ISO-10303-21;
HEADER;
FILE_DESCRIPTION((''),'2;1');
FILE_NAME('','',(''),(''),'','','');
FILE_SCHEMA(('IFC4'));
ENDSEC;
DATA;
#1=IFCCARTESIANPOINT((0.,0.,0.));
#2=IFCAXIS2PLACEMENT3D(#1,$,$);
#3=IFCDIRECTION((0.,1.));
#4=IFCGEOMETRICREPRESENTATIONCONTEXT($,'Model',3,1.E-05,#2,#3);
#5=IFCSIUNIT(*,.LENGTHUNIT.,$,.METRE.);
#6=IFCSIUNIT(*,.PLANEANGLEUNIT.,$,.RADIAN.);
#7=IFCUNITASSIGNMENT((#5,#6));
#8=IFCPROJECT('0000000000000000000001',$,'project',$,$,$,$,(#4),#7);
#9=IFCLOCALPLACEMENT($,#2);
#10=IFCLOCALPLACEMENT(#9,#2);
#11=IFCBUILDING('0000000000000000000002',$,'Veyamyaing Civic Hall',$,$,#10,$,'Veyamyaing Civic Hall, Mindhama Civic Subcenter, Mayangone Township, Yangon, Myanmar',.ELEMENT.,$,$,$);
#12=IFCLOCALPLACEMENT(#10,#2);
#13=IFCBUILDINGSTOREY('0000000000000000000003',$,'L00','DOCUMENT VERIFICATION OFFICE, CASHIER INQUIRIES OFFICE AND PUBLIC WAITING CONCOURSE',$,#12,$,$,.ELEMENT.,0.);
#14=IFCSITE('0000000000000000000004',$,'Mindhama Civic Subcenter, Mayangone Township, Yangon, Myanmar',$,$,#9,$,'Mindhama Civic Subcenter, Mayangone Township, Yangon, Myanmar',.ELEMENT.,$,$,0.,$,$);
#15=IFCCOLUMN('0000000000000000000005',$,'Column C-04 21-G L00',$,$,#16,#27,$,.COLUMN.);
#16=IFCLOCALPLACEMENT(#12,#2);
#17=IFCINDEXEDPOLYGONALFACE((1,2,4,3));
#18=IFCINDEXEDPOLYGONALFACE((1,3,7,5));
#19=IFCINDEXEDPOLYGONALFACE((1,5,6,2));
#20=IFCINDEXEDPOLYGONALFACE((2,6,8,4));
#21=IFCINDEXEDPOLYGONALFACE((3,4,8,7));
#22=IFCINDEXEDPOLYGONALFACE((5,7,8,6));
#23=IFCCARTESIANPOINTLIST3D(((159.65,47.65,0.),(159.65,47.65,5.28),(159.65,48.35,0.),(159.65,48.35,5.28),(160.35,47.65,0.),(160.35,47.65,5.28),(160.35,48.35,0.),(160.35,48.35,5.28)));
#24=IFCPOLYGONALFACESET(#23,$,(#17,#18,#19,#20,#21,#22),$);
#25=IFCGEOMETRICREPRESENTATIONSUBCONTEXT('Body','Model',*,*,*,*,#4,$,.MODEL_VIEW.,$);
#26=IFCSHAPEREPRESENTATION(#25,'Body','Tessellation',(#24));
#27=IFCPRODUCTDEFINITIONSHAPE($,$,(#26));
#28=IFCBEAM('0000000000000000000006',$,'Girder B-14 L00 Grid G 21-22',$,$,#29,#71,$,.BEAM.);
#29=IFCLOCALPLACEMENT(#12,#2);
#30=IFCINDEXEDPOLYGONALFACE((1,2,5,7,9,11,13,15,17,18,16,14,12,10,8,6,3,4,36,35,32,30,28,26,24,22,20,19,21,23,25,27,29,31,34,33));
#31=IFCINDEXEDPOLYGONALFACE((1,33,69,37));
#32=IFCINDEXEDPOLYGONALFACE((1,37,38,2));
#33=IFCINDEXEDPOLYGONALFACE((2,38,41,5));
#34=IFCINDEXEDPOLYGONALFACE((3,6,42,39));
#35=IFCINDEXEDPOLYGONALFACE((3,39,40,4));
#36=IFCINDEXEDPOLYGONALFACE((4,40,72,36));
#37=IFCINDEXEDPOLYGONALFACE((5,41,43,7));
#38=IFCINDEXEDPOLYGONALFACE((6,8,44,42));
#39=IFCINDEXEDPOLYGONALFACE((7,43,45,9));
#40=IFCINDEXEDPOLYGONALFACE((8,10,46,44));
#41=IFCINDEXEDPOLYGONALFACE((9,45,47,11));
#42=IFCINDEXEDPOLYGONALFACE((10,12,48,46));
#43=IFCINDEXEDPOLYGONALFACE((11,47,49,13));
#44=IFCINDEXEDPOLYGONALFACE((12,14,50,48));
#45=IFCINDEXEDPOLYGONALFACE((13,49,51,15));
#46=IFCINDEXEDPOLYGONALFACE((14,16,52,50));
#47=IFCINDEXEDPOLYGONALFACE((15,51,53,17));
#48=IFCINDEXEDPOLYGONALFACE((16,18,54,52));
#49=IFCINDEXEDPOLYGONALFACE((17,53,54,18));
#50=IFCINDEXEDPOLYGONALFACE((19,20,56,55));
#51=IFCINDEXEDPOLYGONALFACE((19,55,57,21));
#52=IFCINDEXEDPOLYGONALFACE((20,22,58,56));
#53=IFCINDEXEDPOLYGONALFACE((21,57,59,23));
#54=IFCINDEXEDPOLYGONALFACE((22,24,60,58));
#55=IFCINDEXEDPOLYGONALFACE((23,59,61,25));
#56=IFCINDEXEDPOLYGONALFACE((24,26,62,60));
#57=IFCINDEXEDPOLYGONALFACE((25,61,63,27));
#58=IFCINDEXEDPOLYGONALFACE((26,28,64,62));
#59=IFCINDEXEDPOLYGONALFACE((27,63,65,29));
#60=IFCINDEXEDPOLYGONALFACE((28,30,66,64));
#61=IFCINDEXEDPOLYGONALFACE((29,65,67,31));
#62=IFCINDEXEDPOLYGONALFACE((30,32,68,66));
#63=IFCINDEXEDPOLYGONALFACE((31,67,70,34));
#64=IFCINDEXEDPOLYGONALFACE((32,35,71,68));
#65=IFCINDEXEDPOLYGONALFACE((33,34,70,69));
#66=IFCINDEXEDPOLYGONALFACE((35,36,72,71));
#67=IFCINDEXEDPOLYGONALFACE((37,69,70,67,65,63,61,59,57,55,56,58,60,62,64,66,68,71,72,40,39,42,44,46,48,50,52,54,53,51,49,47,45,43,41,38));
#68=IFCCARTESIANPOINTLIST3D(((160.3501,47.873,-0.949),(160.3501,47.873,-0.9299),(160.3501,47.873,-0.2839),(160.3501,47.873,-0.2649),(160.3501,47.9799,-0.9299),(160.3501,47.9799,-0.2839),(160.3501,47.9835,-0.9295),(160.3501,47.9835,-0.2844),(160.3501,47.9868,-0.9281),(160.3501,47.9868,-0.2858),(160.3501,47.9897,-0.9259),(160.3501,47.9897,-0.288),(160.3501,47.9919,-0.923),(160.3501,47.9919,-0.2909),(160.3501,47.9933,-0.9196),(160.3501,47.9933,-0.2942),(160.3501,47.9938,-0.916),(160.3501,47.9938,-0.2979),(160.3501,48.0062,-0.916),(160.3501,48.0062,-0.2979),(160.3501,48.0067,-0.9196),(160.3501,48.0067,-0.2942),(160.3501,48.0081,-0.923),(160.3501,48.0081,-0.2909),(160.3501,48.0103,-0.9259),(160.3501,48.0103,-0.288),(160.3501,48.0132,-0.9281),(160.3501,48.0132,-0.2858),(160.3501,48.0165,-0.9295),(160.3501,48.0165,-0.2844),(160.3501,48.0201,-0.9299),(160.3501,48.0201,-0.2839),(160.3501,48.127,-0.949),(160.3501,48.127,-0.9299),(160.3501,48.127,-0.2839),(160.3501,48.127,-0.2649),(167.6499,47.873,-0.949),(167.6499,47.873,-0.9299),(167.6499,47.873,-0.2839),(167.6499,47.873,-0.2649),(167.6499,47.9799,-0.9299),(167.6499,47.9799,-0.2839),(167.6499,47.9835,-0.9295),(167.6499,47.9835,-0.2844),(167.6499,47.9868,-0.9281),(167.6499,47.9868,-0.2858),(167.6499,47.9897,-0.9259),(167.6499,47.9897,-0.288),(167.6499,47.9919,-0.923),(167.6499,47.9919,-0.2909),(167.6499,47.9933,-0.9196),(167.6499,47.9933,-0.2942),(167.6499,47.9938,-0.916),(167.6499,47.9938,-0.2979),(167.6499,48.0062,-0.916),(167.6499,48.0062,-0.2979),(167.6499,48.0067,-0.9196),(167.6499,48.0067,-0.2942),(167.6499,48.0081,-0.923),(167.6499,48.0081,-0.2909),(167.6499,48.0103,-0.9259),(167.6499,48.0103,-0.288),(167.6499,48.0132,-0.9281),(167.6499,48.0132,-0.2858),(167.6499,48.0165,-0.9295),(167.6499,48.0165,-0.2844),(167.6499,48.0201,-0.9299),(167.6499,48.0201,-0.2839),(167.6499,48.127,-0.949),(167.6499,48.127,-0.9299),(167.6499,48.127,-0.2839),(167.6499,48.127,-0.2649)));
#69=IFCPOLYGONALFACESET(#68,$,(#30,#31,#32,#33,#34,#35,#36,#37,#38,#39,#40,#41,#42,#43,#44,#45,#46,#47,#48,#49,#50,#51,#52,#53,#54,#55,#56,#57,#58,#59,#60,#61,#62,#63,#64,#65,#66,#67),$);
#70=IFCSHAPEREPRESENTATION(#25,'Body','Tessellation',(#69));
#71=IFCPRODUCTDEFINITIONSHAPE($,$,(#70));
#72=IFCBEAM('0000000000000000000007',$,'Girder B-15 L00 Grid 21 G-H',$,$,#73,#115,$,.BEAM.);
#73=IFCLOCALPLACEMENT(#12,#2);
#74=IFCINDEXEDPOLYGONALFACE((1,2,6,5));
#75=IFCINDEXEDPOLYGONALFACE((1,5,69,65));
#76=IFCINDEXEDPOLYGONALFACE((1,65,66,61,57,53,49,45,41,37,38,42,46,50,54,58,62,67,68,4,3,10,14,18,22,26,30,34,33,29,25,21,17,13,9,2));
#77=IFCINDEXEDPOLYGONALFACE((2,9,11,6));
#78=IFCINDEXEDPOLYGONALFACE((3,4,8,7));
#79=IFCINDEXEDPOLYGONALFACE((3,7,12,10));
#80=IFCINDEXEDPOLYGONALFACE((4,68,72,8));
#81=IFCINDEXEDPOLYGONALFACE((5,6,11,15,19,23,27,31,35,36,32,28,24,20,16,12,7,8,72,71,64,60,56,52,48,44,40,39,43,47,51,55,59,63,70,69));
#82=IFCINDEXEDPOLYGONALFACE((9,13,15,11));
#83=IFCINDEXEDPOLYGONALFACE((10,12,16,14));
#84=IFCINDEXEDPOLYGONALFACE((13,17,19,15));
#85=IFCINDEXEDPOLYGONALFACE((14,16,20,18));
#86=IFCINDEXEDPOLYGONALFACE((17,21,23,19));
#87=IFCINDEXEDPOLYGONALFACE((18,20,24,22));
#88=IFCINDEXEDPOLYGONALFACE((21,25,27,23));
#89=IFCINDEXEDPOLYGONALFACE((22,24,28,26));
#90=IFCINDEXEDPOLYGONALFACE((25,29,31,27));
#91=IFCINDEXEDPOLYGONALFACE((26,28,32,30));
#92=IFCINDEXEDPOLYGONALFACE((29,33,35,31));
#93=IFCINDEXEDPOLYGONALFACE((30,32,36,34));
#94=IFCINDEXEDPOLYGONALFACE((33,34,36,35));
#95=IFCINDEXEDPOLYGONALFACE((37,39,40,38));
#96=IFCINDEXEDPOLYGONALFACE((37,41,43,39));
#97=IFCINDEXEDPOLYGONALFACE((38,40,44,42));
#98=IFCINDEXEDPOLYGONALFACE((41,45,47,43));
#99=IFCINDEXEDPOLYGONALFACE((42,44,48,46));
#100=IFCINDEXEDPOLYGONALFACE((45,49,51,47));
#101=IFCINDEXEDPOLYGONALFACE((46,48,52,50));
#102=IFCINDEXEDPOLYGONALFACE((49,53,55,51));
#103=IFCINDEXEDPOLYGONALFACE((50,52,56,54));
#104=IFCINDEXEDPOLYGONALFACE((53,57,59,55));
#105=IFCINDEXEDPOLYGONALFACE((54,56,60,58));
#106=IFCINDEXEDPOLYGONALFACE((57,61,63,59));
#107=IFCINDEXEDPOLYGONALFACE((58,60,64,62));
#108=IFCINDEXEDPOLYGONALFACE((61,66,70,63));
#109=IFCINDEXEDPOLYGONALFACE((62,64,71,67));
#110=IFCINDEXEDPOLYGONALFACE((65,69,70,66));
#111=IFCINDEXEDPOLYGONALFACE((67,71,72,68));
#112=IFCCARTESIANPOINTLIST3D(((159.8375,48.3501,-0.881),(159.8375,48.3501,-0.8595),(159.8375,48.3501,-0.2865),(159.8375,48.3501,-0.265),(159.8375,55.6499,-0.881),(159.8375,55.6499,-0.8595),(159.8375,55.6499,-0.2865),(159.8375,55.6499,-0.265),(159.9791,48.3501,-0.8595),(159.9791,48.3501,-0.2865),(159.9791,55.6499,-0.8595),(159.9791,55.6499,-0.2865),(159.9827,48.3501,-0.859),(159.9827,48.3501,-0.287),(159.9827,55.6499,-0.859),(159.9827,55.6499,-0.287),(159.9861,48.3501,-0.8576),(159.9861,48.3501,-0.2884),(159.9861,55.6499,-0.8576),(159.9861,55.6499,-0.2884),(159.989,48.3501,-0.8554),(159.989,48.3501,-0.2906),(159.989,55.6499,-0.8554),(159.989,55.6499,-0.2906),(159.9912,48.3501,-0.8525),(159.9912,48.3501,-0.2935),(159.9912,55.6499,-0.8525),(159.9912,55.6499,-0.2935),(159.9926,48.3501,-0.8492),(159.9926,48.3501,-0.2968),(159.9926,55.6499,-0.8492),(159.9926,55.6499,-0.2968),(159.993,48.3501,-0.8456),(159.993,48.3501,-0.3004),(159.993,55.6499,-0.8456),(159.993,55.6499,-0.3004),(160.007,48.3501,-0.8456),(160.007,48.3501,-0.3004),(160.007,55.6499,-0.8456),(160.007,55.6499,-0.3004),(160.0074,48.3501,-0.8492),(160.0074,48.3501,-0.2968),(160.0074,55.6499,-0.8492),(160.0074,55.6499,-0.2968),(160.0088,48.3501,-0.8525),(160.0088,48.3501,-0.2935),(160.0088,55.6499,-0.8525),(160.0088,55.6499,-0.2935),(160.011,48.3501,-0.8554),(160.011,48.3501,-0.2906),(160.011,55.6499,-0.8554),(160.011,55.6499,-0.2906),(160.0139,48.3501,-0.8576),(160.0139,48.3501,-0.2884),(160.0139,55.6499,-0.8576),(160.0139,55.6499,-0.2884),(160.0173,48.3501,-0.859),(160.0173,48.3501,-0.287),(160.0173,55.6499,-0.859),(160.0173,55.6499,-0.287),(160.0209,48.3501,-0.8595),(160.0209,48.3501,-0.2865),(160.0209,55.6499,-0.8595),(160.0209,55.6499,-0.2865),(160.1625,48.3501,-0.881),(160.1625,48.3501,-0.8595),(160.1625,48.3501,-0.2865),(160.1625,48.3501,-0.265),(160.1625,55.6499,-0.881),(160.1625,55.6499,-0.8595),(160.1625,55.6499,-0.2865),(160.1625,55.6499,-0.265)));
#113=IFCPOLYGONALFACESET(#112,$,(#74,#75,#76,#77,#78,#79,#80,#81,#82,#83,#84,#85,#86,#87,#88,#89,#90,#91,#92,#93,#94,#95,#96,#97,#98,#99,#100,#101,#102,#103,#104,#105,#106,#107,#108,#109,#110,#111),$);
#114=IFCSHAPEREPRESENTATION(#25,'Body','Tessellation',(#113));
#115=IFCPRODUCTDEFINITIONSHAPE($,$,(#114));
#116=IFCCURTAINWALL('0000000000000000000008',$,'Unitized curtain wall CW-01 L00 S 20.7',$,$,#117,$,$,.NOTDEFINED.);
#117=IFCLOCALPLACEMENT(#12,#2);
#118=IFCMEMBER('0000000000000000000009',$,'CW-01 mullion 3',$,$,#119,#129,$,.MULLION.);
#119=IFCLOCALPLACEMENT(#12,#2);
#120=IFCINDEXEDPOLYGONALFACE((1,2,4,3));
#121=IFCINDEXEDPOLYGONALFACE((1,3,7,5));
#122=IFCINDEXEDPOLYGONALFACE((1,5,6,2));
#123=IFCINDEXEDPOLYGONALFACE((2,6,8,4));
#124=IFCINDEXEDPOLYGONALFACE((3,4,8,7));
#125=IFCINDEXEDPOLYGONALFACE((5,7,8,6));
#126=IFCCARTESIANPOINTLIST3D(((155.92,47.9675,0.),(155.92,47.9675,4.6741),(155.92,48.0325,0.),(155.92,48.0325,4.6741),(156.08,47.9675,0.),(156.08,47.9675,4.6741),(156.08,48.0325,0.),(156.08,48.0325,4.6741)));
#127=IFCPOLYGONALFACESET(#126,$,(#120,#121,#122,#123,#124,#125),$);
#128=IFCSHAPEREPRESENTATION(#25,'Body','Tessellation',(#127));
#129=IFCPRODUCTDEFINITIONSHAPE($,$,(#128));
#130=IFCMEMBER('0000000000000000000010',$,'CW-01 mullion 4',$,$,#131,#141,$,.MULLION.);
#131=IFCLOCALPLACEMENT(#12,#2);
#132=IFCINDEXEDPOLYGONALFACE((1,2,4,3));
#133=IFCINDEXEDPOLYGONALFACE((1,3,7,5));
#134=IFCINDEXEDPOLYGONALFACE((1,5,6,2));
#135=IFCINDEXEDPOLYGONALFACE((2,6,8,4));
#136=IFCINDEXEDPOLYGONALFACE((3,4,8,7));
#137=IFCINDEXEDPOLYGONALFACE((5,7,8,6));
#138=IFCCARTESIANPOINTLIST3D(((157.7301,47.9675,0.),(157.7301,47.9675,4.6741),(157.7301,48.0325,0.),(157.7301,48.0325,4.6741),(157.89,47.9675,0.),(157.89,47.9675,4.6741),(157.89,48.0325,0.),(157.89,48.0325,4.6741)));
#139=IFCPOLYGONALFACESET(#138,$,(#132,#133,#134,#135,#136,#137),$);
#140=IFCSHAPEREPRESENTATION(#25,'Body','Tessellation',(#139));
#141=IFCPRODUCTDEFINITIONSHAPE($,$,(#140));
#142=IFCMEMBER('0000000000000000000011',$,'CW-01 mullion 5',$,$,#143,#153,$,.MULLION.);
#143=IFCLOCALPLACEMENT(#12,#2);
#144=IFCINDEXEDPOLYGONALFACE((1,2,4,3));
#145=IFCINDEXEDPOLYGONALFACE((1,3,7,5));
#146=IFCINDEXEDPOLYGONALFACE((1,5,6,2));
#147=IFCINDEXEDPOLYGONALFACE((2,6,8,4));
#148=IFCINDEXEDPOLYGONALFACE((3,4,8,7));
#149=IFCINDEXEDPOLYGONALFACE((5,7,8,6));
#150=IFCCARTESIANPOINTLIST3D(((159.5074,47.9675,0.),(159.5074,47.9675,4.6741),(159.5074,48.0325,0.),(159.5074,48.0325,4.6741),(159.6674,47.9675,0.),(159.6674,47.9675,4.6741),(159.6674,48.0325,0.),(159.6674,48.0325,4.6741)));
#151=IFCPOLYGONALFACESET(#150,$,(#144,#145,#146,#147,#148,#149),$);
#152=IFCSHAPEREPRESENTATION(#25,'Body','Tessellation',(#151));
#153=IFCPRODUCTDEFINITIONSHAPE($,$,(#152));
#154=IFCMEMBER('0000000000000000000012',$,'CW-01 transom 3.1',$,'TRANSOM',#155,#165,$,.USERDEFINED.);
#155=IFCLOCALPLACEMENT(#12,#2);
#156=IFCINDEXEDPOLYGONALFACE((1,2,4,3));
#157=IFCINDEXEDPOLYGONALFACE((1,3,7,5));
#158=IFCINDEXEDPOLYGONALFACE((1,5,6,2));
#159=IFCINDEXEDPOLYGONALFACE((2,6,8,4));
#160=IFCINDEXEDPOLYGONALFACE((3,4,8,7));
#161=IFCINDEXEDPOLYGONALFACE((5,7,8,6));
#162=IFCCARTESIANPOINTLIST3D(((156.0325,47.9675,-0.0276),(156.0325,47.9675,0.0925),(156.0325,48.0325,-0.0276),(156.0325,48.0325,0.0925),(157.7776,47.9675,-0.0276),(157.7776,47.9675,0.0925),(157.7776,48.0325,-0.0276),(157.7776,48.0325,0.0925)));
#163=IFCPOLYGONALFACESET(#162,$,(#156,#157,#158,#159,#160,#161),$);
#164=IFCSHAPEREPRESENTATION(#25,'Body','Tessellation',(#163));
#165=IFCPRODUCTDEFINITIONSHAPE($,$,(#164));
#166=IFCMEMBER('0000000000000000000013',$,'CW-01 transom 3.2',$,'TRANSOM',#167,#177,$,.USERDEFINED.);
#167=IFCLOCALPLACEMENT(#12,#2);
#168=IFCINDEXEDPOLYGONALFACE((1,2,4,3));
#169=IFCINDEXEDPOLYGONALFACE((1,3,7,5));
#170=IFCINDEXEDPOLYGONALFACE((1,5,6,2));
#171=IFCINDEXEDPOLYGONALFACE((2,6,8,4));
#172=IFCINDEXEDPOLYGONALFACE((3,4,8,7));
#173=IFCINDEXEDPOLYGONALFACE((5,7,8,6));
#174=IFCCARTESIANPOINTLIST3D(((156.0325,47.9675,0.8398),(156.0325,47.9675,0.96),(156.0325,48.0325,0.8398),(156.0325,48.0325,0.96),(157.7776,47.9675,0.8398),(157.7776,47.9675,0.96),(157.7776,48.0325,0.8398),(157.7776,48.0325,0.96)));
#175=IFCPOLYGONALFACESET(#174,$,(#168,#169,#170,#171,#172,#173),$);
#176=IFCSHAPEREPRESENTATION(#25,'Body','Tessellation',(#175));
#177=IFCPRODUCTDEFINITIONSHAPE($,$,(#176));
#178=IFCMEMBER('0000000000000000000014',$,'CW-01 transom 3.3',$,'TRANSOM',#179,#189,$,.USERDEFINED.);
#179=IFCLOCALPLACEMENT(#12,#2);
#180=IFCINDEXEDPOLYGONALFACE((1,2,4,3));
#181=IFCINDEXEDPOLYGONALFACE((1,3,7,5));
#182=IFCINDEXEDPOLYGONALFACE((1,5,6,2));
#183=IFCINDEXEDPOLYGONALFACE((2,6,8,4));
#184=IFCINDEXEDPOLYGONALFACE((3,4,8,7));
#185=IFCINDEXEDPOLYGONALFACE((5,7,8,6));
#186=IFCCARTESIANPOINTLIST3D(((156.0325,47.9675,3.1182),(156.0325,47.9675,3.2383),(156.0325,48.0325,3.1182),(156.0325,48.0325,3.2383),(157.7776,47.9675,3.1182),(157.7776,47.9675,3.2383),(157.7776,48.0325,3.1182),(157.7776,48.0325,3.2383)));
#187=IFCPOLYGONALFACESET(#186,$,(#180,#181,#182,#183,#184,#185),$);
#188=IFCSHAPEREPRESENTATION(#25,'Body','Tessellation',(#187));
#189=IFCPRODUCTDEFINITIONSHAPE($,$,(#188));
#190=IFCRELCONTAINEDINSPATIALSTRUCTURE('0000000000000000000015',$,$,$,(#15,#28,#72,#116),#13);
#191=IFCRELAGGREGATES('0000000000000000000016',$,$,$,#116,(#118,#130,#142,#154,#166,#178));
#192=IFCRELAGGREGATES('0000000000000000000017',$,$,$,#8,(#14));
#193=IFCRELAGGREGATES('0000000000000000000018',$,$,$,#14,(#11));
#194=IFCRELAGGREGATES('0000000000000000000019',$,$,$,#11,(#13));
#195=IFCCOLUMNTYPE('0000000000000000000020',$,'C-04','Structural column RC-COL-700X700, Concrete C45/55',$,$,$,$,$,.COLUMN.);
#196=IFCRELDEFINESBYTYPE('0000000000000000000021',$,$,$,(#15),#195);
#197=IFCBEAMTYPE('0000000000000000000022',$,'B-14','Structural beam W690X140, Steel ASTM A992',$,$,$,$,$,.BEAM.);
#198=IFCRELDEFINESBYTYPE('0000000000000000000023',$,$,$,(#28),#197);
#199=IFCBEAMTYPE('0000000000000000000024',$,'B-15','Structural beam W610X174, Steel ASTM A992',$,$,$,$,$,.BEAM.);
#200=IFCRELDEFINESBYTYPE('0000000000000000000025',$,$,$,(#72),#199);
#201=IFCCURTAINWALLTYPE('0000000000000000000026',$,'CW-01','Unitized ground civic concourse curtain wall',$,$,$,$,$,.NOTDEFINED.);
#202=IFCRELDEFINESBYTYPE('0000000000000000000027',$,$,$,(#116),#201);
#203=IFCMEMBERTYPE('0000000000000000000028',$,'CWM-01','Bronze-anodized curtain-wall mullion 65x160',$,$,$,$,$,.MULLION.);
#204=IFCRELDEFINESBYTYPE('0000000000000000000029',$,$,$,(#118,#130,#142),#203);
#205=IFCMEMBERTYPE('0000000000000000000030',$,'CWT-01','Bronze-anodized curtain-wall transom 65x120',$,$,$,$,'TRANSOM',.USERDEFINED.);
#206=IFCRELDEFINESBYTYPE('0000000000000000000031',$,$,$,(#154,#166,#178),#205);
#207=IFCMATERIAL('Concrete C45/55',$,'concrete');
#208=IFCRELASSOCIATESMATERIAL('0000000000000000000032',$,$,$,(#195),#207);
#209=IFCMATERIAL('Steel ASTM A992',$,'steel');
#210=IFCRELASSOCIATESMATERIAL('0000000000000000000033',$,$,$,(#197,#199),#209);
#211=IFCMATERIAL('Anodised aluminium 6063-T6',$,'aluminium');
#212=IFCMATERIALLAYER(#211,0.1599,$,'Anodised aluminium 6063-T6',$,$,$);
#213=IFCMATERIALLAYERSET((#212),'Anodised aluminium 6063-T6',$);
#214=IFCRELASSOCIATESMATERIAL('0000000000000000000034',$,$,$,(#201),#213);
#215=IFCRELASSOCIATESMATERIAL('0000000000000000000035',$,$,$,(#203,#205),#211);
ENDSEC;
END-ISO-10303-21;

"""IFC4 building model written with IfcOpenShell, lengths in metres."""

from ifc_helpers import new_model, si_unit, direction, frame, origin, origin_2d, place, context, subcontext, project, spatial, rectangle, i_section, extrude, material, layer, layer_set, material_profile, profile_set, type_object, element, aggregate, save


model = new_model("IFC4")

# Units and contexts
model_context = context("Model", 3, precision=1e-05, world=origin(), true_north=direction((0.0, 1.0)))
body_context = subcontext(model_context, "Body", "Model", "MODEL_VIEW")
ifc_project = project(units=[si_unit("LENGTHUNIT", "METRE"), si_unit("PLANEANGLEUNIT", "RADIAN")], contexts=[model_context])

# Site, building, storey
site_placement = place(None, origin())
site = spatial("IfcSite", under=ifc_project, at=site_placement, Name="Mindhama Civic Subcenter, Mayangone Township, Yangon, Myanmar", LongName="Mindhama Civic Subcenter, Mayangone Township, Yangon, Myanmar", CompositionType="ELEMENT", RefElevation=0.0)
building_placement = place(site_placement, origin())
building = spatial("IfcBuilding", under=site, at=building_placement, Name="Veyamyaing Civic Hall", LongName="Veyamyaing Civic Hall, Mindhama Civic Subcenter, Mayangone Township, Yangon, Myanmar", CompositionType="ELEMENT")
storey_placement = place(building_placement, origin())
storey = spatial("IfcBuildingStorey", under=building, at=storey_placement, Name="L00", Description="DOCUMENT VERIFICATION OFFICE, CASHIER INQUIRIES OFFICE AND PUBLIC WAITING CONCOURSE", CompositionType="ELEMENT", Elevation=0.0)

# Column
ifc_material_1 = material(Name="Concrete C45/55", Category="concrete")
ifc_material_profile_1 = material_profile(ifc_material_1, rectangle(XDim=0.7, YDim=0.7, at=origin_2d()), Name="RC-COL-700X700")
ifc_profile_set_1 = profile_set([ifc_material_profile_1], Name="Concrete C45/55")
column_type = type_object("IfcColumnType", Name="C-04", Description="Structural column RC-COL-700X700, Concrete C45/55", PredefinedType="COLUMN", material=ifc_profile_set_1)
column_placement = place(storey_placement, frame((160.0, 48.0, 0.0), z_axis=(0.0, 0.0, 1.0), x_axis=(1.0, 0.0, 0.0)))
element("IfcColumn", 1, at=column_placement, inside=storey, type_object=column_type, Name="Column C-04 21-G L00", PredefinedType="COLUMN", context=body_context, shape_type="SweptSolid", body=[
    extrude(rectangle(XDim=0.7, YDim=0.7, at=origin_2d()), origin(), (0.0, 0.0, 1.0), 5.28),
])

# Beams
ifc_material_2 = material(Name="Steel ASTM A992", Category="steel")
ifc_material_profile_2 = material_profile(ifc_material_2, i_section(OverallWidth=0.2539, OverallDepth=0.6841, WebThickness=0.0125, FlangeThickness=0.019, FilletRadius=0.0139, at=origin_2d()), Name="W690X140")
ifc_profile_set_2 = profile_set([ifc_material_profile_2], Name="Steel ASTM A992")
beam_type_1 = type_object("IfcBeamType", Name="B-14", Description="Structural beam W690X140, Steel ASTM A992", PredefinedType="BEAM", material=ifc_profile_set_2)
beam_1_placement = place(storey_placement, frame((160.3501, 48.0, -0.6069), z_axis=(1.0, 0.0, 0.0), x_axis=(0.0, 1.0, 0.0)))
element("IfcBeam", 2, at=beam_1_placement, inside=storey, type_object=beam_type_1, Name="Girder B-14 L00 Grid G 21-22", PredefinedType="BEAM", context=body_context, shape_type="SweptSolid", body=[
    extrude(i_section(OverallWidth=0.2539, OverallDepth=0.6841, WebThickness=0.0125, FlangeThickness=0.019, FilletRadius=0.0139, at=origin_2d()), origin(), (0.0, 0.0, 1.0), 7.2998),
])
ifc_material_profile_3 = material_profile(ifc_material_2, i_section(OverallWidth=0.325, OverallDepth=0.616, WebThickness=0.0139, FlangeThickness=0.0215, FilletRadius=0.0139, at=origin_2d()), Name="W610X174")
ifc_profile_set_3 = profile_set([ifc_material_profile_3], Name="Steel ASTM A992")
beam_type_2 = type_object("IfcBeamType", Name="B-15", Description="Structural beam W610X174, Steel ASTM A992", PredefinedType="BEAM", material=ifc_profile_set_3)
beam_2_placement = place(storey_placement, frame((160.0, 48.3501, -0.573), z_axis=(0.0, 1.0, 0.0), x_axis=(-1.0, 0.0, 0.0)))
element("IfcBeam", 3, at=beam_2_placement, inside=storey, type_object=beam_type_2, Name="Girder B-15 L00 Grid 21 G-H", PredefinedType="BEAM", context=body_context, shape_type="SweptSolid", body=[
    extrude(i_section(OverallWidth=0.325, OverallDepth=0.616, WebThickness=0.0139, FlangeThickness=0.0215, FilletRadius=0.0139, at=origin_2d()), origin(), (0.0, 0.0, 1.0), 7.2998),
])

# Curtain wall, members
ifc_material_3 = material(Name="Anodised aluminium 6063-T6", Category="aluminium")
ifc_layer_1 = layer(ifc_material_3, 0.1599, Name="Anodised aluminium 6063-T6")
ifc_layer_set_1 = layer_set([ifc_layer_1], Name="Anodised aluminium 6063-T6")
curtain_wall_type = type_object("IfcCurtainWallType", Name="CW-01", Description="Unitized ground civic concourse curtain wall", PredefinedType="NOTDEFINED", material=ifc_layer_set_1)
curtain_wall_placement = place(storey_placement, origin())
curtain_wall = element("IfcCurtainWall", 4, at=curtain_wall_placement, inside=storey, type_object=curtain_wall_type, Name="Unitized curtain wall CW-01 L00 S 20.7", PredefinedType="NOTDEFINED")
ifc_material_profile_4 = material_profile(ifc_material_3, rectangle(XDim=0.0649, YDim=0.1599, at=origin_2d()), Name="ALU-MUL-65X160")
ifc_profile_set_4 = profile_set([ifc_material_profile_4], Name="Anodised aluminium 6063-T6")
member_type_1 = type_object("IfcMemberType", Name="CWM-01", Description="Bronze-anodized curtain-wall mullion 65x160", PredefinedType="MULLION", material=ifc_profile_set_4)
member_1_placement = place(storey_placement, frame((156.0, 48.0, 0.0), z_axis=(0.0, 0.0, 1.0), x_axis=(0.0, 1.0, 0.0)))
member_1 = element("IfcMember", 5, at=member_1_placement, type_object=member_type_1, Name="CW-01 mullion 3", PredefinedType="MULLION", context=body_context, shape_type="SweptSolid", body=[
    extrude(rectangle(XDim=0.0649, YDim=0.1599, at=origin_2d()), origin(), (0.0, 0.0, 1.0), 4.6741),
])
member_2_placement = place(storey_placement, frame((157.8101, 48.0, 0.0), z_axis=(0.0, 0.0, 1.0), x_axis=(0.0, 1.0, 0.0)))
member_2 = element("IfcMember", 6, at=member_2_placement, type_object=member_type_1, Name="CW-01 mullion 4", PredefinedType="MULLION", context=body_context, shape_type="SweptSolid", body=[
    extrude(rectangle(XDim=0.0649, YDim=0.1599, at=origin_2d()), origin(), (0.0, 0.0, 1.0), 4.6741),
])
member_3_placement = place(storey_placement, frame((159.5874, 48.0, 0.0), z_axis=(0.0, 0.0, 1.0), x_axis=(0.0, 1.0, 0.0)))
member_3 = element("IfcMember", 7, at=member_3_placement, type_object=member_type_1, Name="CW-01 mullion 5", PredefinedType="MULLION", context=body_context, shape_type="SweptSolid", body=[
    extrude(rectangle(XDim=0.0649, YDim=0.1599, at=origin_2d()), origin(), (0.0, 0.0, 1.0), 4.6741),
])
ifc_material_profile_5 = material_profile(ifc_material_3, rectangle(XDim=0.0649, YDim=0.1201, at=origin_2d()), Name="ALU-TRN-65X120")
ifc_profile_set_5 = profile_set([ifc_material_profile_5], Name="Anodised aluminium 6063-T6")
member_type_2 = type_object("IfcMemberType", Name="CWT-01", Description="Bronze-anodized curtain-wall transom 65x120", ElementType="TRANSOM", PredefinedType="USERDEFINED", material=ifc_profile_set_5)
member_4_placement = place(storey_placement, frame((156.0325, 48.0, 0.0325), z_axis=(1.0, 0.0, 0.0), x_axis=(0.0, 1.0, 0.0)))
member_4 = element("IfcMember", 8, at=member_4_placement, type_object=member_type_2, Name="CW-01 transom 3.1", ObjectType="TRANSOM", PredefinedType="USERDEFINED", context=body_context, shape_type="SweptSolid", body=[
    extrude(rectangle(XDim=0.0649, YDim=0.1201, at=origin_2d()), origin(), (0.0, 0.0, 1.0), 1.7451),
])
member_5_placement = place(storey_placement, frame((156.0325, 48.0, 0.8999), z_axis=(1.0, 0.0, 0.0), x_axis=(0.0, 1.0, 0.0)))
member_5 = element("IfcMember", 9, at=member_5_placement, type_object=member_type_2, Name="CW-01 transom 3.2", ObjectType="TRANSOM", PredefinedType="USERDEFINED", context=body_context, shape_type="SweptSolid", body=[
    extrude(rectangle(XDim=0.0649, YDim=0.1201, at=origin_2d()), origin(), (0.0, 0.0, 1.0), 1.7451),
])
member_6_placement = place(storey_placement, frame((156.0325, 48.0, 3.1782), z_axis=(1.0, 0.0, 0.0), x_axis=(0.0, 1.0, 0.0)))
member_6 = element("IfcMember", 10, at=member_6_placement, type_object=member_type_2, Name="CW-01 transom 3.3", ObjectType="TRANSOM", PredefinedType="USERDEFINED", context=body_context, shape_type="SweptSolid", body=[
    extrude(rectangle(XDim=0.0649, YDim=0.1201, at=origin_2d()), origin(), (0.0, 0.0, 1.0), 1.7451),
])

aggregate(curtain_wall, [member_1, member_2, member_3, member_4, member_5, member_6])

save(model, "model.ifc")
